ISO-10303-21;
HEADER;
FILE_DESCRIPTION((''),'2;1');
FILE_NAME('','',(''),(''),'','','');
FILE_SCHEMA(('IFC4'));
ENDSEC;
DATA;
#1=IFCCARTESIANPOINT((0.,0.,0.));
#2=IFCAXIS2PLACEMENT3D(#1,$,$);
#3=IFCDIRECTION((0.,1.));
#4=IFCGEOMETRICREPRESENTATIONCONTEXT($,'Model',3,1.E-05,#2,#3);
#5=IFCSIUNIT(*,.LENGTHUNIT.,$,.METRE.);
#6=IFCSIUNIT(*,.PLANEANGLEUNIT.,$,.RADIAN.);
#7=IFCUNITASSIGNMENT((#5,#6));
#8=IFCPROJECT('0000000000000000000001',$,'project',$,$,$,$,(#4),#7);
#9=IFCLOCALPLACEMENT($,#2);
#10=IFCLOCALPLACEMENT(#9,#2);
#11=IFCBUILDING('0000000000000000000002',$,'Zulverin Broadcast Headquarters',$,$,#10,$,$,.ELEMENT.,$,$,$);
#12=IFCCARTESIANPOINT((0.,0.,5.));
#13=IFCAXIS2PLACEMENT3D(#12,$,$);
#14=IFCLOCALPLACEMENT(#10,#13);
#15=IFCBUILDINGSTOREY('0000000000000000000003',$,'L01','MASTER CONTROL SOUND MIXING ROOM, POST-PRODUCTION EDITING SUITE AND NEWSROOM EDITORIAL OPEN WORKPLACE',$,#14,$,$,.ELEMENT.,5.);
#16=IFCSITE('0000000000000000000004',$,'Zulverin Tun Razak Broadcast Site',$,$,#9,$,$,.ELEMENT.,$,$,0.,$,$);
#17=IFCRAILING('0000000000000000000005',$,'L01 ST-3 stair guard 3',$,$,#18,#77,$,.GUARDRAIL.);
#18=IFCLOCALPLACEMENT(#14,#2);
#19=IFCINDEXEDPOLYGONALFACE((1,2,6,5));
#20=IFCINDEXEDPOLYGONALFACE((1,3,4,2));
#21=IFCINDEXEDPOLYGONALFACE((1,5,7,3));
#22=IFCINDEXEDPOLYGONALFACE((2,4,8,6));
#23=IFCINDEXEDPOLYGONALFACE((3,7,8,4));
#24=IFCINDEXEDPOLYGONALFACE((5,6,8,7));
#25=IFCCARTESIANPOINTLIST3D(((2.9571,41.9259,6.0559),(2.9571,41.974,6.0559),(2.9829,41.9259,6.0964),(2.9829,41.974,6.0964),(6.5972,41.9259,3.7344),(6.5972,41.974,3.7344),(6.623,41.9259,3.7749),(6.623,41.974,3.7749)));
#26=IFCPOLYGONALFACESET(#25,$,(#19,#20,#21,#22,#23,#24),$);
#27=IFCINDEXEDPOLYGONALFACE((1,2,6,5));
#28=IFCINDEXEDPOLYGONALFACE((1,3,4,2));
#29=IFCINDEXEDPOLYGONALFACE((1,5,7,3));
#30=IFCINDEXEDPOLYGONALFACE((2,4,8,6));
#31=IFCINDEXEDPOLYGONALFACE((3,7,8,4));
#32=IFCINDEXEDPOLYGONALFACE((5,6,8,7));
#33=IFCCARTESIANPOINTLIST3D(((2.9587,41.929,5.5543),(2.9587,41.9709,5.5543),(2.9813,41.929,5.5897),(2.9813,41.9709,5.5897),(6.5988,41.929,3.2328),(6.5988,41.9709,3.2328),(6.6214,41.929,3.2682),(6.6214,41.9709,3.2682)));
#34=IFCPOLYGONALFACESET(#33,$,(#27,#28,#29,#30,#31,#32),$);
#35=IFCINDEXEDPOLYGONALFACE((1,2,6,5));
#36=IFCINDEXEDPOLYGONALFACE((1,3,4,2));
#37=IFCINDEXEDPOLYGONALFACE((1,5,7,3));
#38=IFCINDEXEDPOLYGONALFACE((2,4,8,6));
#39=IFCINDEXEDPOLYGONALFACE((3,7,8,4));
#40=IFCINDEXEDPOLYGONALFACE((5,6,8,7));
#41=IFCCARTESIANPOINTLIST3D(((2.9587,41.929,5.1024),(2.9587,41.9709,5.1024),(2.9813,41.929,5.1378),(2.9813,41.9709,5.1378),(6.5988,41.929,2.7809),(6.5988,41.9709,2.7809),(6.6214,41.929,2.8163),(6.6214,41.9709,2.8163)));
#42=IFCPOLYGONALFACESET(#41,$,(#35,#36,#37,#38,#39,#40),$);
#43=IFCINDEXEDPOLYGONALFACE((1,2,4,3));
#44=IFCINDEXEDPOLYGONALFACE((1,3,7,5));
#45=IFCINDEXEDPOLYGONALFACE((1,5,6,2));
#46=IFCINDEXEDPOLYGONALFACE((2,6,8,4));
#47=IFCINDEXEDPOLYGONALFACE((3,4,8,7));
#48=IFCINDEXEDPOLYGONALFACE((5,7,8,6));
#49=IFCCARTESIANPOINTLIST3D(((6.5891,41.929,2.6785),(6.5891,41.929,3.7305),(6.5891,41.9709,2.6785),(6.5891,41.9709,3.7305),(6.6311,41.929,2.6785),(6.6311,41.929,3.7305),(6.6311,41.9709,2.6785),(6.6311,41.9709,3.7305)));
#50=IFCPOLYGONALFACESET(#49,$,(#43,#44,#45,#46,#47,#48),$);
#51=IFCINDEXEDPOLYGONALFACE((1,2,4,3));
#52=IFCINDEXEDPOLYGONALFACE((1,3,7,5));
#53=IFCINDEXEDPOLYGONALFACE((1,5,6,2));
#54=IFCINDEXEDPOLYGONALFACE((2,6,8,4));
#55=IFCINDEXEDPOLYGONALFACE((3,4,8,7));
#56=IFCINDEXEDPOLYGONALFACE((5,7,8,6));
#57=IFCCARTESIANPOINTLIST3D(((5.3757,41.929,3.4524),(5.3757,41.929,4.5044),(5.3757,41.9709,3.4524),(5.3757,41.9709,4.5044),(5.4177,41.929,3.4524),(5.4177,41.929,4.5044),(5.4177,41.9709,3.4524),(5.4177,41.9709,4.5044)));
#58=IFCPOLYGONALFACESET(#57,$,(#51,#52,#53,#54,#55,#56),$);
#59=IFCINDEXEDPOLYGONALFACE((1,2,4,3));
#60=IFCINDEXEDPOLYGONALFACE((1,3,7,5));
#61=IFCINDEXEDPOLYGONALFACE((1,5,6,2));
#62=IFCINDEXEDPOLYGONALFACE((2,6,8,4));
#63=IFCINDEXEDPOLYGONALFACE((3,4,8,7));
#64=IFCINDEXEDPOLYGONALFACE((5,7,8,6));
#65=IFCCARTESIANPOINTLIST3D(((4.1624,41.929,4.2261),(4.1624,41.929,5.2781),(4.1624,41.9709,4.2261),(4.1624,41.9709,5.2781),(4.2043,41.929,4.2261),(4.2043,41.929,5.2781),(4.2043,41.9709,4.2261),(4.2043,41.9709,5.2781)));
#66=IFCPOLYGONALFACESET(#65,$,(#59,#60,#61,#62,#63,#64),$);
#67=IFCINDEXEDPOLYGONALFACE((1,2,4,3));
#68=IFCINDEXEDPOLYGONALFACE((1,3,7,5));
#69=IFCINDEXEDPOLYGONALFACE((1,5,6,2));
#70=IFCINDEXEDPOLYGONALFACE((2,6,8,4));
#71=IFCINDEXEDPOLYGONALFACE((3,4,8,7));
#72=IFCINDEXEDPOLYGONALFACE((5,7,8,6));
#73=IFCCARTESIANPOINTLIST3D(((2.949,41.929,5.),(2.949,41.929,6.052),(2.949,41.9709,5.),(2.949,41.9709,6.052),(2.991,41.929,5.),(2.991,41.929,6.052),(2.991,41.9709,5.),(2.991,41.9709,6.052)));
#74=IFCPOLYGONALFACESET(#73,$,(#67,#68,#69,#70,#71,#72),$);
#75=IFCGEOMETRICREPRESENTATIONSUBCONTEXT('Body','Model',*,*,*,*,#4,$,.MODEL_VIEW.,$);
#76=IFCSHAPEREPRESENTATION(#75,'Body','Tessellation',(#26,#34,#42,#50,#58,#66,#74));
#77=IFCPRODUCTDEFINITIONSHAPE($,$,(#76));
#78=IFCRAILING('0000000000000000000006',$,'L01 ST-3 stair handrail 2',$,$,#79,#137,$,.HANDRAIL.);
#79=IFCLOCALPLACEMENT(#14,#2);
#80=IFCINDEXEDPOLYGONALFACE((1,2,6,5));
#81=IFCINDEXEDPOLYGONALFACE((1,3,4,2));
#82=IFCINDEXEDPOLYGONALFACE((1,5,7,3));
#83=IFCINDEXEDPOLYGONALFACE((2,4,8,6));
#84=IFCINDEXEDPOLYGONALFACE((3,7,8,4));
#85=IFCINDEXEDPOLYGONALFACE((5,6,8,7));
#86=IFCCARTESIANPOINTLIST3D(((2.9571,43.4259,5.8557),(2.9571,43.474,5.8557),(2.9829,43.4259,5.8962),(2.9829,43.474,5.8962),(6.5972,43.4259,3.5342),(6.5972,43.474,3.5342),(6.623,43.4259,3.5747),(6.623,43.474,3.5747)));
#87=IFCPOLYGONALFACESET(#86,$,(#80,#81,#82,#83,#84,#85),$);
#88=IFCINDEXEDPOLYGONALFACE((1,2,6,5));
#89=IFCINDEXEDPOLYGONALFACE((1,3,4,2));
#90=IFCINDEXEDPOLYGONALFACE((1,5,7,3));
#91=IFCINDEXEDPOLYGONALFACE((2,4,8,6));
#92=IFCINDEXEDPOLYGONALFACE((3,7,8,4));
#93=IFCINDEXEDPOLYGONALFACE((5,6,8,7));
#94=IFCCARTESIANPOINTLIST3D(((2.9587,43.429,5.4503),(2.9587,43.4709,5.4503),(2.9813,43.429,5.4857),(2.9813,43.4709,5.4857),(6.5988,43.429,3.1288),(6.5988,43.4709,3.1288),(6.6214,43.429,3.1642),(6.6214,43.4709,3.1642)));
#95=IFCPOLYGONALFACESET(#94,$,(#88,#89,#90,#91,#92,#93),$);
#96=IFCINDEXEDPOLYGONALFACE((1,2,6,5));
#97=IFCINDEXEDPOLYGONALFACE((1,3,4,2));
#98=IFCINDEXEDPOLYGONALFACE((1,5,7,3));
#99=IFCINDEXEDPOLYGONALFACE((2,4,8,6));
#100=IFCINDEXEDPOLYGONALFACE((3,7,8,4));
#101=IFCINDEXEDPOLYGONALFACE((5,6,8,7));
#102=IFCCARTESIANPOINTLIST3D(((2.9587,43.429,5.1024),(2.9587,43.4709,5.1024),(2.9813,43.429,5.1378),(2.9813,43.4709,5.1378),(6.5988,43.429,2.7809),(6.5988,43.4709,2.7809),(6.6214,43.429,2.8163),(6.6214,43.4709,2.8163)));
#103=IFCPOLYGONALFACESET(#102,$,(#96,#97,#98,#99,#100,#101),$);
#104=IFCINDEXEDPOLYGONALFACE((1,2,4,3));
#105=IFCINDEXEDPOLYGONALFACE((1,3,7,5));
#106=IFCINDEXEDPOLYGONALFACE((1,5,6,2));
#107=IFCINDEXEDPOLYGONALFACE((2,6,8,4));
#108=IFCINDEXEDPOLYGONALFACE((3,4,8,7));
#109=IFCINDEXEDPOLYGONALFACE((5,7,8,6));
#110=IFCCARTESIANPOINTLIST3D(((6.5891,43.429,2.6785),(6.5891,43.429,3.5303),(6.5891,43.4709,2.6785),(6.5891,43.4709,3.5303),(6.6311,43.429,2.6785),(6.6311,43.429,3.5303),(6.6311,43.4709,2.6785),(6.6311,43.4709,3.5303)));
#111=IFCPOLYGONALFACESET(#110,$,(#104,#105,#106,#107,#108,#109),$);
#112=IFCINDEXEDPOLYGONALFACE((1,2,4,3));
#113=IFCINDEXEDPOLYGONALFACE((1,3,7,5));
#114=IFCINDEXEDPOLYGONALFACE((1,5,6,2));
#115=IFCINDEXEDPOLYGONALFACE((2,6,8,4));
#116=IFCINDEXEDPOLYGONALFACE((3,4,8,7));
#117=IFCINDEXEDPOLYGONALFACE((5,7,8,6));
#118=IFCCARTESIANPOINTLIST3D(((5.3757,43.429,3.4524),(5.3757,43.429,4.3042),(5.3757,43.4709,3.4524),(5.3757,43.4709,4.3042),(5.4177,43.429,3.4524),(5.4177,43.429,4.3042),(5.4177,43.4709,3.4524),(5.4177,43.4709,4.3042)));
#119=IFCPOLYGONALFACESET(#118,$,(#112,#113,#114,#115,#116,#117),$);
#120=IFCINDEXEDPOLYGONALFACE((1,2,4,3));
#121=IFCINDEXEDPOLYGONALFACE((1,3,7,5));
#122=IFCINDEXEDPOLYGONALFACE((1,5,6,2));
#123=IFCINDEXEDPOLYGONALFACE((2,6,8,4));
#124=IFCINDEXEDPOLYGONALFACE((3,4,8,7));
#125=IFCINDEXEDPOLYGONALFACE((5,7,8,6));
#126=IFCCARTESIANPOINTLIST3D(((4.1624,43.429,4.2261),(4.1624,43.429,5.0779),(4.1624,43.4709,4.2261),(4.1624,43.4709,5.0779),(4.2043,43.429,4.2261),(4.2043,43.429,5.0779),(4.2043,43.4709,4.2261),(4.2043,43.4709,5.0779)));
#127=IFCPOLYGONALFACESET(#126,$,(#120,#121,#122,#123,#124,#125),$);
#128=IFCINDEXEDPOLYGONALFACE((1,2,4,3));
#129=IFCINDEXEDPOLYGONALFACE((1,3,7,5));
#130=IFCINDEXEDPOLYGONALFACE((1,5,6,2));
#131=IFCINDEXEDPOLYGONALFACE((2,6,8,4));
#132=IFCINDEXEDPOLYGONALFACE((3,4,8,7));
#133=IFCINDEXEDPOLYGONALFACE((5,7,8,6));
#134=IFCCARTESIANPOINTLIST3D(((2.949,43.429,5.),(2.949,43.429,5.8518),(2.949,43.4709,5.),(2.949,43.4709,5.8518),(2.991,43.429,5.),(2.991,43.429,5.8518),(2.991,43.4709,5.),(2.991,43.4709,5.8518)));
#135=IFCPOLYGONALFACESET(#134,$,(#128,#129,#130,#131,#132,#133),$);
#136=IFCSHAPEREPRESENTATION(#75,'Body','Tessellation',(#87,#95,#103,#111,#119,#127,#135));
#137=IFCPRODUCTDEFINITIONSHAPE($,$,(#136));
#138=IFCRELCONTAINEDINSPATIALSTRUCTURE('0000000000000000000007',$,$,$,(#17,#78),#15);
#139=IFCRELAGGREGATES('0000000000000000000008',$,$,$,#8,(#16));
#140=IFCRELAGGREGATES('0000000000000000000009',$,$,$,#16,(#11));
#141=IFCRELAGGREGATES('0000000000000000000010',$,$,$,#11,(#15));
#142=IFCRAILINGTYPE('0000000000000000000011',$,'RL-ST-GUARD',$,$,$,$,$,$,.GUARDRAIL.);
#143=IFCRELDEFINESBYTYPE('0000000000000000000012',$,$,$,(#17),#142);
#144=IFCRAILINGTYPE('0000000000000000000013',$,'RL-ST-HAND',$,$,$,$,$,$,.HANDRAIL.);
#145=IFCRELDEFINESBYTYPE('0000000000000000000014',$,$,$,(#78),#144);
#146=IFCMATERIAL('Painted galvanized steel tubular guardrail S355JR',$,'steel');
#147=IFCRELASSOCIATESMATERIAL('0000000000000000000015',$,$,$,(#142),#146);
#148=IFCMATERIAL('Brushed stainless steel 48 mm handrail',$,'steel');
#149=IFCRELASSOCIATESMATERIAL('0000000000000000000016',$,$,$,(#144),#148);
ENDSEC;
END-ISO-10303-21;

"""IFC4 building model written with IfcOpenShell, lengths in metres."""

from ifc_helpers import new_model, si_unit, direction, frame, origin, origin_2d, place, context, subcontext, project, spatial, rectangle, extrude, material, type_object, element, save


model = new_model("IFC4")

# Units and contexts
model_context = context("Model", 3, precision=1e-05, world=origin(), true_north=direction((0.0, 1.0)))
body_context = subcontext(model_context, "Body", "Model", "MODEL_VIEW")
ifc_project = project(units=[si_unit("LENGTHUNIT", "METRE"), si_unit("PLANEANGLEUNIT", "RADIAN")], contexts=[model_context])

# Site, building, storey
site_placement = place(None, origin())
site = spatial("IfcSite", under=ifc_project, at=site_placement, Name="Zulverin Tun Razak Broadcast Site", CompositionType="ELEMENT", RefElevation=0.0)
building_placement = place(site_placement, origin())
building = spatial("IfcBuilding", under=site, at=building_placement, Name="Zulverin Broadcast Headquarters", CompositionType="ELEMENT")
storey_placement = place(building_placement, frame((0.0, 0.0, 5.0)))
storey = spatial("IfcBuildingStorey", under=building, at=storey_placement, Name="L01", Description="MASTER CONTROL SOUND MIXING ROOM, POST-PRODUCTION EDITING SUITE AND NEWSROOM EDITORIAL OPEN WORKPLACE", CompositionType="ELEMENT", Elevation=5.0)

# Railings
ifc_material_1 = material(Name="Painted galvanized steel tubular guardrail S355JR", Category="steel")
railing_type_1 = type_object("IfcRailingType", Name="RL-ST-GUARD", PredefinedType="GUARDRAIL", material=ifc_material_1)
railing_1_placement = place(storey_placement, frame((6.6101, 41.95, 2.6785)))
element("IfcRailing", 1, at=railing_1_placement, inside=storey, type_object=railing_type_1, Name="L01 ST-3 stair guard 3", PredefinedType="GUARDRAIL", context=body_context, shape_type="SweptSolid", body=[
    extrude(rectangle(XDim=0.0481, YDim=0.0481, at=origin_2d()), frame((0.0, 0.0, 1.0762), z_axis=(-0.843128, 0.0, 0.537713), x_axis=(0.0, -1.0, 0.0)), (0.0, 0.0, 1.0), 4.3174),
    extrude(rectangle(XDim=0.042, YDim=0.042, at=origin_2d()), frame((0.0, 0.0, 0.572), z_axis=(-0.843128, 0.0, 0.537713), x_axis=(0.0, -1.0, 0.0)), (0.0, 0.0, 1.0), 4.3174),
    extrude(rectangle(XDim=0.042, YDim=0.042, at=origin_2d()), frame((0.0, 0.0, 0.1201), z_axis=(-0.843128, 0.0, 0.537713), x_axis=(0.0, -1.0, 0.0)), (0.0, 0.0, 1.0), 4.3174),
    extrude(rectangle(XDim=0.042, YDim=0.042, at=origin_2d()), origin(), (0.0, 0.0, 1.0), 1.052),
    extrude(rectangle(XDim=0.042, YDim=0.042, at=origin_2d()), frame((-1.2134, 0.0, 0.7739)), (0.0, 0.0, 1.0), 1.052),
    extrude(rectangle(XDim=0.042, YDim=0.042, at=origin_2d()), frame((-2.4268, 0.0, 1.5476)), (0.0, 0.0, 1.0), 1.052),
    extrude(rectangle(XDim=0.042, YDim=0.042, at=origin_2d()), frame((-3.6401, 0.0, 2.3215)), (0.0, 0.0, 1.0), 1.052),
])
ifc_material_2 = material(Name="Brushed stainless steel 48 mm handrail", Category="steel")
railing_type_2 = type_object("IfcRailingType", Name="RL-ST-HAND", PredefinedType="HANDRAIL", material=ifc_material_2)
railing_2_placement = place(storey_placement, frame((6.6101, 43.45, 2.6785)))
element("IfcRailing", 2, at=railing_2_placement, inside=storey, type_object=railing_type_2, Name="L01 ST-3 stair handrail 2", PredefinedType="HANDRAIL", context=body_context, shape_type="SweptSolid", body=[
    extrude(rectangle(XDim=0.0481, YDim=0.0481, at=origin_2d()), frame((0.0, 0.0, 0.876), z_axis=(-0.843128, 0.0, 0.537713), x_axis=(0.0, -1.0, 0.0)), (0.0, 0.0, 1.0), 4.3174),
    extrude(rectangle(XDim=0.042, YDim=0.042, at=origin_2d()), frame((0.0, 0.0, 0.468), z_axis=(-0.843128, 0.0, 0.537713), x_axis=(0.0, -1.0, 0.0)), (0.0, 0.0, 1.0), 4.3174),
    extrude(rectangle(XDim=0.042, YDim=0.042, at=origin_2d()), frame((0.0, 0.0, 0.1201), z_axis=(-0.843128, 0.0, 0.537713), x_axis=(0.0, -1.0, 0.0)), (0.0, 0.0, 1.0), 4.3174),
    extrude(rectangle(XDim=0.042, YDim=0.042, at=origin_2d()), origin(), (0.0, 0.0, 1.0), 0.8518),
    extrude(rectangle(XDim=0.042, YDim=0.042, at=origin_2d()), frame((-1.2134, 0.0, 0.7739)), (0.0, 0.0, 1.0), 0.8518),
    extrude(rectangle(XDim=0.042, YDim=0.042, at=origin_2d()), frame((-2.4268, 0.0, 1.5476)), (0.0, 0.0, 1.0), 0.8518),
    extrude(rectangle(XDim=0.042, YDim=0.042, at=origin_2d()), frame((-3.6401, 0.0, 2.3215)), (0.0, 0.0, 1.0), 0.8518),
])

save(model, "model.ifc")
